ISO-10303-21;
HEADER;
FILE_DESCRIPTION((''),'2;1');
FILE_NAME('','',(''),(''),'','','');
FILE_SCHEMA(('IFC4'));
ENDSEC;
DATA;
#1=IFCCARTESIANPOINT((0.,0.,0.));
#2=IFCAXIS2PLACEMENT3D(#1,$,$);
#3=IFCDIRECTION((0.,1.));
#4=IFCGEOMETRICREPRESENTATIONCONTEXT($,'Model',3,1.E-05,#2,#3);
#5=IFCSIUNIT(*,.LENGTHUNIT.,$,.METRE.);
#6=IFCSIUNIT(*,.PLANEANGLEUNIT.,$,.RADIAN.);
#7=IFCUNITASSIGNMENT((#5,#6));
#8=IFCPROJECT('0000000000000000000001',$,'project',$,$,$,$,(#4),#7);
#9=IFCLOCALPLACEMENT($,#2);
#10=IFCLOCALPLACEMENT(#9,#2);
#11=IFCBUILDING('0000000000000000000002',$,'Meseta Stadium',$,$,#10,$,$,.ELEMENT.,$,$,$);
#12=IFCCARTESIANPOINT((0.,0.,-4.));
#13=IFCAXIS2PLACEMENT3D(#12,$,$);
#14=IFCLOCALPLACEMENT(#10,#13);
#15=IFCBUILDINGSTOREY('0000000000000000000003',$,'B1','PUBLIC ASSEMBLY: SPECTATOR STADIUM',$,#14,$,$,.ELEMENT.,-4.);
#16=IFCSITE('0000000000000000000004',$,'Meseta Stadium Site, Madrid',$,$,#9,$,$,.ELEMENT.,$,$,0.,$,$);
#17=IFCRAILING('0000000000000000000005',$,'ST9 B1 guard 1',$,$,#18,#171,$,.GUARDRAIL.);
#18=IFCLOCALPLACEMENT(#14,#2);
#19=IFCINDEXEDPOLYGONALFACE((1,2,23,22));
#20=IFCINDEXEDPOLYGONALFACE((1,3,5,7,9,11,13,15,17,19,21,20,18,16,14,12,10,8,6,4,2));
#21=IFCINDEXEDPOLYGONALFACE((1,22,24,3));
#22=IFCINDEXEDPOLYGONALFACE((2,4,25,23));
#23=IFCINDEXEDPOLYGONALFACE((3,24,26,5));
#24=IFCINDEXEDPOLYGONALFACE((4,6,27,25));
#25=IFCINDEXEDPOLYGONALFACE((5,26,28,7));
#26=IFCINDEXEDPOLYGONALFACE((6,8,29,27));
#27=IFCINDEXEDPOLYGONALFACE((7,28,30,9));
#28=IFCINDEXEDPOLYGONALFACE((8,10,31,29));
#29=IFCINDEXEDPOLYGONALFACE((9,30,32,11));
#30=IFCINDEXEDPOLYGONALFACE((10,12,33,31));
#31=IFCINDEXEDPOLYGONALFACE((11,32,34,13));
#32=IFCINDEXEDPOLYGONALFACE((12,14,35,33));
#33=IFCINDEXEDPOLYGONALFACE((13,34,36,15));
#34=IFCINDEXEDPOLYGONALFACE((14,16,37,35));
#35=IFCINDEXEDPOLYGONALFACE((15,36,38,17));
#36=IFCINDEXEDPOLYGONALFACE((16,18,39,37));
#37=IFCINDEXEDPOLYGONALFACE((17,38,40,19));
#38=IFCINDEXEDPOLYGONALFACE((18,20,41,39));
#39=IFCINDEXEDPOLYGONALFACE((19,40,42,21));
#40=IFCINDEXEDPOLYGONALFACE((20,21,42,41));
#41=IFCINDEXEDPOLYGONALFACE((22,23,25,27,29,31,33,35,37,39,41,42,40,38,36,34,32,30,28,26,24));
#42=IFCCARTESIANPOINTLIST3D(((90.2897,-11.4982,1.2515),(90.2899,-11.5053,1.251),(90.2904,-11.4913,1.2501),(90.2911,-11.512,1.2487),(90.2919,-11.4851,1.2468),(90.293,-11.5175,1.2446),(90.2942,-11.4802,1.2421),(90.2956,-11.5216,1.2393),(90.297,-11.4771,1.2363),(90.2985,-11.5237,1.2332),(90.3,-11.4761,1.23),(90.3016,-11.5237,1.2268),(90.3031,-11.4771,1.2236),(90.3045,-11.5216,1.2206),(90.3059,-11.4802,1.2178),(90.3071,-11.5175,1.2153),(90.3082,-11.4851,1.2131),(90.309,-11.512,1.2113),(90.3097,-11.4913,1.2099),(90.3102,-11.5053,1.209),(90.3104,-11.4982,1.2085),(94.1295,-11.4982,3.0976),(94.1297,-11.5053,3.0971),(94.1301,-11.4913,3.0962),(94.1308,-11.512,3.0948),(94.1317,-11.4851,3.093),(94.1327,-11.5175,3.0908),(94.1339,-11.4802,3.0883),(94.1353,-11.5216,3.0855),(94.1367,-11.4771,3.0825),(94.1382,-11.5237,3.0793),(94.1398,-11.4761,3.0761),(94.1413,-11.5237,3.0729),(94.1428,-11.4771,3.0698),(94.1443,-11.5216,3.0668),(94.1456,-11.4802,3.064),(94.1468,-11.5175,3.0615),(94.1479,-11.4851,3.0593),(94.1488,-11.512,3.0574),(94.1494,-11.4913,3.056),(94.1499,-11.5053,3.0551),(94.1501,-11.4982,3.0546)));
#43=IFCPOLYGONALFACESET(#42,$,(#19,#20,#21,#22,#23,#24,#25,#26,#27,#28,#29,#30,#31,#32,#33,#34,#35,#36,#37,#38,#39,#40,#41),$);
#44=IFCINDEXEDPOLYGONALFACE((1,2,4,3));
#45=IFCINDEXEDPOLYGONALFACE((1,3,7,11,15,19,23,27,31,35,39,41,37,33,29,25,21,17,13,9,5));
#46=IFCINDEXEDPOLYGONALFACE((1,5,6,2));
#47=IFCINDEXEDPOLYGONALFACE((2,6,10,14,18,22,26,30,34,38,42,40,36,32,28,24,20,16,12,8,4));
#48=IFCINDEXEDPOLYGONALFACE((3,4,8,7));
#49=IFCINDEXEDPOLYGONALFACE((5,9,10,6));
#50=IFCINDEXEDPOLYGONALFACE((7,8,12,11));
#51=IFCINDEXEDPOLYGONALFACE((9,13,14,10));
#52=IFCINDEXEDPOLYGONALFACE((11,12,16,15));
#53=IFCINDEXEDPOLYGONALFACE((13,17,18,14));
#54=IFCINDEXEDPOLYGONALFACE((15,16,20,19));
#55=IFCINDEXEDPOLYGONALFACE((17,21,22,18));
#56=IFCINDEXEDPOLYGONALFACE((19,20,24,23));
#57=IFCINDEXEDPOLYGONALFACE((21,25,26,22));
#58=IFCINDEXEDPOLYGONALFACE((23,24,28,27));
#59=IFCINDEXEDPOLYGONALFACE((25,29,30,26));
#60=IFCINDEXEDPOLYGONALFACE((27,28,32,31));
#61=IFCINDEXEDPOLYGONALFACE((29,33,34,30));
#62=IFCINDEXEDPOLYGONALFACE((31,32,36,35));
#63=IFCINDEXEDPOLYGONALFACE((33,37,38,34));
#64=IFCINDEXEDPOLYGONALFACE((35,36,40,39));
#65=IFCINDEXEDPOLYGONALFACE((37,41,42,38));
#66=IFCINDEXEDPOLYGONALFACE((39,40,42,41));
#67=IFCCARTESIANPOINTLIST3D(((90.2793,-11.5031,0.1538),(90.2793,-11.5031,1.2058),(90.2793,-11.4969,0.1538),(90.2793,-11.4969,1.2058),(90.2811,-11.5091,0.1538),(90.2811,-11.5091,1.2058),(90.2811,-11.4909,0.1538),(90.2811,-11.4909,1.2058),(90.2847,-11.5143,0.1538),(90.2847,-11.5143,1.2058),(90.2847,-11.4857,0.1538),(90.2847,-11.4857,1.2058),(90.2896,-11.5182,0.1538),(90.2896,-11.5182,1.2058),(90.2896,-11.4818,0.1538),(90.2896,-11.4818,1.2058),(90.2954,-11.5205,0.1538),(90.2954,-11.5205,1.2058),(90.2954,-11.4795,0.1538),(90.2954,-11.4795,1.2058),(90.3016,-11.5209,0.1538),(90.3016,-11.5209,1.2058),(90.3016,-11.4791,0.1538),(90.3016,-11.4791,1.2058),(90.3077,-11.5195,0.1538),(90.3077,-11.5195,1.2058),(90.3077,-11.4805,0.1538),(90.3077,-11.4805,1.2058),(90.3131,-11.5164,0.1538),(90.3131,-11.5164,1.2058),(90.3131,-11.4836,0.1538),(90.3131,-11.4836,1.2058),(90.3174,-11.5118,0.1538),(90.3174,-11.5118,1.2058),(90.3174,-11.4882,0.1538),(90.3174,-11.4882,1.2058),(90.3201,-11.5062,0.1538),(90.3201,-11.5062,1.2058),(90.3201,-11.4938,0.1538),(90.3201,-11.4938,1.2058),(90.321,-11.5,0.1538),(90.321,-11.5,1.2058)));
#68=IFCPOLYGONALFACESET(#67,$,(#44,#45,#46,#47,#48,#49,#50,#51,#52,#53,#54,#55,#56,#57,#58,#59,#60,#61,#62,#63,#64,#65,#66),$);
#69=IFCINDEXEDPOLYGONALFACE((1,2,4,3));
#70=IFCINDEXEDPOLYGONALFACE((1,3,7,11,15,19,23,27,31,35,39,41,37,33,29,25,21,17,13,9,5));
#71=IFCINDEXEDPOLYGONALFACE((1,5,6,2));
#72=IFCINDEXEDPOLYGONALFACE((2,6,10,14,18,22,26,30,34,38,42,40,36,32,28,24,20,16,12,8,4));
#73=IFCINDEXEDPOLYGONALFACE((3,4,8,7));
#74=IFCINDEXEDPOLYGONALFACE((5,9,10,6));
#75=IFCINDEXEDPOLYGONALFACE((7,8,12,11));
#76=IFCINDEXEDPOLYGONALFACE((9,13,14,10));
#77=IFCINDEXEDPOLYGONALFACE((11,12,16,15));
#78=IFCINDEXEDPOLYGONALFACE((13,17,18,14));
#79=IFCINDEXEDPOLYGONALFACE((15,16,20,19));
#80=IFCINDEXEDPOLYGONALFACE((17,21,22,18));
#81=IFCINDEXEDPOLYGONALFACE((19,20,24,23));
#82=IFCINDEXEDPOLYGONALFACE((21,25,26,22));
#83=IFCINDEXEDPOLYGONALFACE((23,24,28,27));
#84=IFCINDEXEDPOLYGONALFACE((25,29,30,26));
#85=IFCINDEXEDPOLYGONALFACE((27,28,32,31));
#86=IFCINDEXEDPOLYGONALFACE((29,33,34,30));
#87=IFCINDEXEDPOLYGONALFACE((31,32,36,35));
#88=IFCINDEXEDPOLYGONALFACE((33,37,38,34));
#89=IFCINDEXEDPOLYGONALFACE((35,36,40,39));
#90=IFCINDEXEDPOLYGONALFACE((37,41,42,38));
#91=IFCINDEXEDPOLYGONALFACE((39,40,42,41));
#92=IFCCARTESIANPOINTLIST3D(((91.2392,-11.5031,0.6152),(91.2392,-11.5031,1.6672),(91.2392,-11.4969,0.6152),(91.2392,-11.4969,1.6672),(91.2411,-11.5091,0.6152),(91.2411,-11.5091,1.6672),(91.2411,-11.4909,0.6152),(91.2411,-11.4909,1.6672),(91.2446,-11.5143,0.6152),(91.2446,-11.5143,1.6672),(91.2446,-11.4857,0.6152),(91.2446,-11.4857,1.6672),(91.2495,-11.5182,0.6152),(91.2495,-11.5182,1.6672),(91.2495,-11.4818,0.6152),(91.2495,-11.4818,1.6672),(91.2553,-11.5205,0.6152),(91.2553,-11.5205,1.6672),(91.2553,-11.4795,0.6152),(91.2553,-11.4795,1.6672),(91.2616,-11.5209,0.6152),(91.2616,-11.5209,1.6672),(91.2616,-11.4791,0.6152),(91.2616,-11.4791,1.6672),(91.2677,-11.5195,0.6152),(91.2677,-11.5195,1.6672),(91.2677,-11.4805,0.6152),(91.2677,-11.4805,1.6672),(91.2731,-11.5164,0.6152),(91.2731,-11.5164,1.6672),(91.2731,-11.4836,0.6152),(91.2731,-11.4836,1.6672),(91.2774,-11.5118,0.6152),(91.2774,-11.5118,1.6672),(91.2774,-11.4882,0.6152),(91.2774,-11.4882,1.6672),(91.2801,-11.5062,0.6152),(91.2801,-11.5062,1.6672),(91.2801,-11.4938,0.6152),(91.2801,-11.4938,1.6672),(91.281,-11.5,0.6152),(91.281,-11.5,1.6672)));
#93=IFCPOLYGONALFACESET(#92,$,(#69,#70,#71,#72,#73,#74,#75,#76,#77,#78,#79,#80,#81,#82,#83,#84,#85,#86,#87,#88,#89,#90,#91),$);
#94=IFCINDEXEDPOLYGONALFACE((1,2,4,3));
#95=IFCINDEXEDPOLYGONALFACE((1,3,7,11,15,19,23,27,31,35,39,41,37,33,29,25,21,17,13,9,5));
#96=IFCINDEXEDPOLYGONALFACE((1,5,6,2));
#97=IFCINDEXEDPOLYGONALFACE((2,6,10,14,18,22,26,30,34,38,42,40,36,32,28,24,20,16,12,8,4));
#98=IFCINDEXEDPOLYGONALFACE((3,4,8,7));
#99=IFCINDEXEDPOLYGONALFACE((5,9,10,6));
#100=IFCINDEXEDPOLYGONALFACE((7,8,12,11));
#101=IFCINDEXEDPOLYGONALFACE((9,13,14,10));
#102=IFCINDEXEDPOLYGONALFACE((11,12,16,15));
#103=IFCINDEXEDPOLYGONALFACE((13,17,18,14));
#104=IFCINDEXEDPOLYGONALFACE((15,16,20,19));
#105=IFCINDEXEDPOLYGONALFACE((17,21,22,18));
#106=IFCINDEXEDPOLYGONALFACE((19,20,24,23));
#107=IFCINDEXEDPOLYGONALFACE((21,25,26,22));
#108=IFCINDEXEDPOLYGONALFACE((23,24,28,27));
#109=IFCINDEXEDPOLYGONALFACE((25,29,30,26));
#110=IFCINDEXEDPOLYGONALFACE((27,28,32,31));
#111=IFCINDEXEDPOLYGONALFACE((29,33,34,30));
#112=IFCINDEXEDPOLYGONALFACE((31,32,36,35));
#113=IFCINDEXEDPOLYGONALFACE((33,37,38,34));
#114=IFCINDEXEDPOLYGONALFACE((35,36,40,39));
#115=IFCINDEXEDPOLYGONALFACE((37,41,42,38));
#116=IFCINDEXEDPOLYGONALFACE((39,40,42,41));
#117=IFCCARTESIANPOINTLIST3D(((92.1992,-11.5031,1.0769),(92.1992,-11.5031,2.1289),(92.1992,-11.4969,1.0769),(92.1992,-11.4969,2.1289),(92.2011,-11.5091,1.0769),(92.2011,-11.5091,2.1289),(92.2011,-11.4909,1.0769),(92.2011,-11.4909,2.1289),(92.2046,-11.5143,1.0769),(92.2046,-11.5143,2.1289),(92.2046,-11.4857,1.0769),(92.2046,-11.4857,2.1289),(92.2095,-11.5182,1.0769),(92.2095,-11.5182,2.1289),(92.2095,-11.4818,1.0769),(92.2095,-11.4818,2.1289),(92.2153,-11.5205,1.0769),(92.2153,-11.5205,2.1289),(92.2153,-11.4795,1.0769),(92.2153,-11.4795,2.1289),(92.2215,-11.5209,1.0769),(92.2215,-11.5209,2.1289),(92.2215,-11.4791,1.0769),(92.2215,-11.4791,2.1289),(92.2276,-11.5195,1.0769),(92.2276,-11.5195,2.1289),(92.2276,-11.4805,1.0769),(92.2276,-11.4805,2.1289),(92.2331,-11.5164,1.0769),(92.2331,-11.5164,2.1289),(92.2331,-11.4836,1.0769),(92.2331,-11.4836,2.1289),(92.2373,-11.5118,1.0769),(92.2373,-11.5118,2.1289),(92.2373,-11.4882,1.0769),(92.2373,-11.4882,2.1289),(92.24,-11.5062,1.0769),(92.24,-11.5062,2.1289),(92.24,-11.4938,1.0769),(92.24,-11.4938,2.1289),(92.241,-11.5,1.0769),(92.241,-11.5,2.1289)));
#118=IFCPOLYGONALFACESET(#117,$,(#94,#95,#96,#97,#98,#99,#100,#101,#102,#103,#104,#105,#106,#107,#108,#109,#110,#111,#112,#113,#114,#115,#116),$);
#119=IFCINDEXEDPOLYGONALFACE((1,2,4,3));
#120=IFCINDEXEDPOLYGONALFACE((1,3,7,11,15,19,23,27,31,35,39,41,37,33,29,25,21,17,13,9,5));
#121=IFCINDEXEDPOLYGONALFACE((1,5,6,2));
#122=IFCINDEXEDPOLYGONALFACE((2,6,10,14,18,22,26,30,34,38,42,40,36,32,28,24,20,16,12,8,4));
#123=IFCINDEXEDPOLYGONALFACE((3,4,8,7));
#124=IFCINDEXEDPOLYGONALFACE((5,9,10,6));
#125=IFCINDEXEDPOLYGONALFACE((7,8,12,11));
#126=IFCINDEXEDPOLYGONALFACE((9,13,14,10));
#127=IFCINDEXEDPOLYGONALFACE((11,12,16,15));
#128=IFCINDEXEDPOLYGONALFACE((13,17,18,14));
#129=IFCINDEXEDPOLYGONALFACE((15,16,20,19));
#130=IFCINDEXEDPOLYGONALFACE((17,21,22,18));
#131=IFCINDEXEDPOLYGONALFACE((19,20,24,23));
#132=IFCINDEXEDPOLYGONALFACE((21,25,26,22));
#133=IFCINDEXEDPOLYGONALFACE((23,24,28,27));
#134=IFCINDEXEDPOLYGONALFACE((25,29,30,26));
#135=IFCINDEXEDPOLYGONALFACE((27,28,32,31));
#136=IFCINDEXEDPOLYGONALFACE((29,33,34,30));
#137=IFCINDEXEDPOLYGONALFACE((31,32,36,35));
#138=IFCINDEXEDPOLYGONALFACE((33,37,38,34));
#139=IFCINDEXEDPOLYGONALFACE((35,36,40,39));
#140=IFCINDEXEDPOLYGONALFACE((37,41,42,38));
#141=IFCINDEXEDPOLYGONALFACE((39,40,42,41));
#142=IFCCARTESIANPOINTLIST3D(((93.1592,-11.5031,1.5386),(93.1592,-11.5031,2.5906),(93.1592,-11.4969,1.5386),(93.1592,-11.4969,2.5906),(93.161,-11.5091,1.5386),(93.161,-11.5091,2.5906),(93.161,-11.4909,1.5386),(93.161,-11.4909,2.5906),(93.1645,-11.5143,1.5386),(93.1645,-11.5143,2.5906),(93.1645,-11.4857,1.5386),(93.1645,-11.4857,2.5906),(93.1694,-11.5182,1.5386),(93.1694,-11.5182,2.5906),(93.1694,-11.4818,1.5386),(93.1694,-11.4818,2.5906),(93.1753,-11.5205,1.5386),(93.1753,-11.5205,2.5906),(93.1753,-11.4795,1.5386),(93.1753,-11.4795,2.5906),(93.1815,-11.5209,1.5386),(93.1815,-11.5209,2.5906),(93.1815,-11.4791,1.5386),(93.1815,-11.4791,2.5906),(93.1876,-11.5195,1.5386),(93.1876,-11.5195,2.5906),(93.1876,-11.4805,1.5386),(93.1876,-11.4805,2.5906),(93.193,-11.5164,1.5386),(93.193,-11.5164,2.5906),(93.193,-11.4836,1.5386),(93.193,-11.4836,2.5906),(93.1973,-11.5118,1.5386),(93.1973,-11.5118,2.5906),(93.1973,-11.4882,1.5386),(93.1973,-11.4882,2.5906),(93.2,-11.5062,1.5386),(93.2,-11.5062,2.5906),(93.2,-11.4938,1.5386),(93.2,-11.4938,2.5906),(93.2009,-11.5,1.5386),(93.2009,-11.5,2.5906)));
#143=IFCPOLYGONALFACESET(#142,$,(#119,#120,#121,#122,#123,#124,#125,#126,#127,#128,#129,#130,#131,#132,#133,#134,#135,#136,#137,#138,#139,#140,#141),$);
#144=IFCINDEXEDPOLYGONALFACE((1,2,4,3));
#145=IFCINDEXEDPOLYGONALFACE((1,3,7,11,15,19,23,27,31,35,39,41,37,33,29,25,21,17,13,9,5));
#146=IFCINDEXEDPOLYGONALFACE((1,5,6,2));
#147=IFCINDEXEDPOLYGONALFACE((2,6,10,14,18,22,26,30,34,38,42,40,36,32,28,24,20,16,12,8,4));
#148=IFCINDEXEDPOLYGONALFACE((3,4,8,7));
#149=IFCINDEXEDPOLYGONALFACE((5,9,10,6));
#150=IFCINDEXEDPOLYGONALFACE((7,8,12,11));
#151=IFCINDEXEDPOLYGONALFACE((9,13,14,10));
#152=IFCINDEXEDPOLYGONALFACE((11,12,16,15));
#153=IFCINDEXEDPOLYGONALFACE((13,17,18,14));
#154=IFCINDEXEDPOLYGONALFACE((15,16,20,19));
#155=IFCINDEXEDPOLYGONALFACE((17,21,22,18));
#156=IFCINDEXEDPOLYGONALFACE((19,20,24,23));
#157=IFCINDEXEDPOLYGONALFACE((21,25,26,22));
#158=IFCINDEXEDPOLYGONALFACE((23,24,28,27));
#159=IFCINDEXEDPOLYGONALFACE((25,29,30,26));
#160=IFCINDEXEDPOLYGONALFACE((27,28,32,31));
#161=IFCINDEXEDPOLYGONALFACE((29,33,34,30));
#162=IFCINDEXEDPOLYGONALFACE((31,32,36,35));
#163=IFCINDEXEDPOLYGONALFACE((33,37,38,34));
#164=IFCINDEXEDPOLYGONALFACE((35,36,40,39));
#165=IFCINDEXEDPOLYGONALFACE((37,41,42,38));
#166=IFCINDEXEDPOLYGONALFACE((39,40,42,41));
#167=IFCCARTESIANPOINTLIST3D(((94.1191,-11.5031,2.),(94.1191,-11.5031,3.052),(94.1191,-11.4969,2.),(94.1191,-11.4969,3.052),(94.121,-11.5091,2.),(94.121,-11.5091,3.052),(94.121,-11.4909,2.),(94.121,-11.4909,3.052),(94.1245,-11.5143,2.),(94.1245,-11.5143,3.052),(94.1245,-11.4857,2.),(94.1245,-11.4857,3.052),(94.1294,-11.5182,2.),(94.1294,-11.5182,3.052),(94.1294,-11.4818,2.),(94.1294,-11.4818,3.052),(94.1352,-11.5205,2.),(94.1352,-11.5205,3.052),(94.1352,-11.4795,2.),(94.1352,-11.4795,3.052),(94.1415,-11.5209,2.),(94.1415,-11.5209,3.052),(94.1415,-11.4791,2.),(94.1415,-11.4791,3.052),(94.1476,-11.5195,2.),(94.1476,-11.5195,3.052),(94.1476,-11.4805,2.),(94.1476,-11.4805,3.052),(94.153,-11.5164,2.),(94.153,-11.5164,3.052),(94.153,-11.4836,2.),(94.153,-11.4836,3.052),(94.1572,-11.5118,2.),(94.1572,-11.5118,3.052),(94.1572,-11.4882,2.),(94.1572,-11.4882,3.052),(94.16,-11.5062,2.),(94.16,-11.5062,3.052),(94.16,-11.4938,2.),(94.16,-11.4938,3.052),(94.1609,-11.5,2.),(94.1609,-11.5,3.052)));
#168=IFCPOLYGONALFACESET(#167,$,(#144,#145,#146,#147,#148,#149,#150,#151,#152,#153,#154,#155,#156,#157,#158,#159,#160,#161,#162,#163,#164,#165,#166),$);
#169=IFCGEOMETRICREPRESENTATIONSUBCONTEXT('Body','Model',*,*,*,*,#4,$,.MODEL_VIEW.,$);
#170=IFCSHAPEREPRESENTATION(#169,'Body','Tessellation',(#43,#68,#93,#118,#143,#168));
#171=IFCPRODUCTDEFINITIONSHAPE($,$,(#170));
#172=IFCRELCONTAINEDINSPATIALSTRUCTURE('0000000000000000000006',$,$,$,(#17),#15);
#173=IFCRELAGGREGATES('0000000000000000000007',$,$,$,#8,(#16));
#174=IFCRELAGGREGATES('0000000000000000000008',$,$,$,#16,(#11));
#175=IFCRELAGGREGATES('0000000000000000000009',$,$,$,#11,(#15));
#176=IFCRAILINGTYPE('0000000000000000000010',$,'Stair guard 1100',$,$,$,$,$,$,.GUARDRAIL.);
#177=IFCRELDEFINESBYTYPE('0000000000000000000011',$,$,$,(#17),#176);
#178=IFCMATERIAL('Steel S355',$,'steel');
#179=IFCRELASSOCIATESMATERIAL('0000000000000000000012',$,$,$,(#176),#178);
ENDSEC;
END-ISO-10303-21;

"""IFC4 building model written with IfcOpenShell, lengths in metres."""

from ifc_helpers import new_model, si_unit, direction, frame, origin, origin_2d, place, context, subcontext, project, spatial, circle, extrude, material, type_object, element, save


model = new_model("IFC4")

# Units and contexts
model_context = context("Model", 3, precision=1e-05, world=origin(), true_north=direction((0.0, 1.0)))
body_context = subcontext(model_context, "Body", "Model", "MODEL_VIEW")
ifc_project = project(units=[si_unit("LENGTHUNIT", "METRE"), si_unit("PLANEANGLEUNIT", "RADIAN")], contexts=[model_context])

# Site, building, storey
site_placement = place(None, origin())
site = spatial("IfcSite", under=ifc_project, at=site_placement, Name="Meseta Stadium Site, Madrid", CompositionType="ELEMENT", RefElevation=0.0)
building_placement = place(site_placement, origin())
building = spatial("IfcBuilding", under=site, at=building_placement, Name="Meseta Stadium", CompositionType="ELEMENT")
storey_placement = place(building_placement, frame((0.0, 0.0, -4.0)))
storey = spatial("IfcBuildingStorey", under=building, at=storey_placement, Name="B1", Description="PUBLIC ASSEMBLY: SPECTATOR STADIUM", CompositionType="ELEMENT", Elevation=-4.0)

# Railing
ifc_material_1 = material(Name="Steel S355", Category="steel")
railing_type_1 = type_object("IfcRailingType", Name="Stair guard 1100", PredefinedType="GUARDRAIL", material=ifc_material_1)
railing_1_placement = place(storey_placement, frame((90.3, -11.5, 0.1538)))
element("IfcRailing", 1, at=railing_1_placement, inside=storey, type_object=railing_type_1, Name="ST9 B1 guard 1", PredefinedType="GUARDRAIL", context=body_context, shape_type="SweptSolid", body=[
    extrude(circle(Radius=0.0239, at=origin_2d()), frame((0.0, 0.0, 1.0762), z_axis=(0.901242, 0.0, 0.433316), x_axis=(0.0, 1.0, 0.0)), (0.0, 0.0, 1.0), 4.2605),
    extrude(circle(Radius=0.021, at=origin_2d()), origin(), (0.0, 0.0, 1.0), 1.052),
    extrude(circle(Radius=0.021, at=origin_2d()), frame((0.96, 0.0, 0.4614)), (0.0, 0.0, 1.0), 1.052),
    extrude(circle(Radius=0.021, at=origin_2d()), frame((1.9199, 0.0, 0.9231)), (0.0, 0.0, 1.0), 1.052),
    extrude(circle(Radius=0.021, at=origin_2d()), frame((2.8799, 0.0, 1.3848)), (0.0, 0.0, 1.0), 1.052),
    extrude(circle(Radius=0.021, at=origin_2d()), frame((3.8398, 0.0, 1.8462)), (0.0, 0.0, 1.0), 1.052),
])

save(model, "model.ifc")
